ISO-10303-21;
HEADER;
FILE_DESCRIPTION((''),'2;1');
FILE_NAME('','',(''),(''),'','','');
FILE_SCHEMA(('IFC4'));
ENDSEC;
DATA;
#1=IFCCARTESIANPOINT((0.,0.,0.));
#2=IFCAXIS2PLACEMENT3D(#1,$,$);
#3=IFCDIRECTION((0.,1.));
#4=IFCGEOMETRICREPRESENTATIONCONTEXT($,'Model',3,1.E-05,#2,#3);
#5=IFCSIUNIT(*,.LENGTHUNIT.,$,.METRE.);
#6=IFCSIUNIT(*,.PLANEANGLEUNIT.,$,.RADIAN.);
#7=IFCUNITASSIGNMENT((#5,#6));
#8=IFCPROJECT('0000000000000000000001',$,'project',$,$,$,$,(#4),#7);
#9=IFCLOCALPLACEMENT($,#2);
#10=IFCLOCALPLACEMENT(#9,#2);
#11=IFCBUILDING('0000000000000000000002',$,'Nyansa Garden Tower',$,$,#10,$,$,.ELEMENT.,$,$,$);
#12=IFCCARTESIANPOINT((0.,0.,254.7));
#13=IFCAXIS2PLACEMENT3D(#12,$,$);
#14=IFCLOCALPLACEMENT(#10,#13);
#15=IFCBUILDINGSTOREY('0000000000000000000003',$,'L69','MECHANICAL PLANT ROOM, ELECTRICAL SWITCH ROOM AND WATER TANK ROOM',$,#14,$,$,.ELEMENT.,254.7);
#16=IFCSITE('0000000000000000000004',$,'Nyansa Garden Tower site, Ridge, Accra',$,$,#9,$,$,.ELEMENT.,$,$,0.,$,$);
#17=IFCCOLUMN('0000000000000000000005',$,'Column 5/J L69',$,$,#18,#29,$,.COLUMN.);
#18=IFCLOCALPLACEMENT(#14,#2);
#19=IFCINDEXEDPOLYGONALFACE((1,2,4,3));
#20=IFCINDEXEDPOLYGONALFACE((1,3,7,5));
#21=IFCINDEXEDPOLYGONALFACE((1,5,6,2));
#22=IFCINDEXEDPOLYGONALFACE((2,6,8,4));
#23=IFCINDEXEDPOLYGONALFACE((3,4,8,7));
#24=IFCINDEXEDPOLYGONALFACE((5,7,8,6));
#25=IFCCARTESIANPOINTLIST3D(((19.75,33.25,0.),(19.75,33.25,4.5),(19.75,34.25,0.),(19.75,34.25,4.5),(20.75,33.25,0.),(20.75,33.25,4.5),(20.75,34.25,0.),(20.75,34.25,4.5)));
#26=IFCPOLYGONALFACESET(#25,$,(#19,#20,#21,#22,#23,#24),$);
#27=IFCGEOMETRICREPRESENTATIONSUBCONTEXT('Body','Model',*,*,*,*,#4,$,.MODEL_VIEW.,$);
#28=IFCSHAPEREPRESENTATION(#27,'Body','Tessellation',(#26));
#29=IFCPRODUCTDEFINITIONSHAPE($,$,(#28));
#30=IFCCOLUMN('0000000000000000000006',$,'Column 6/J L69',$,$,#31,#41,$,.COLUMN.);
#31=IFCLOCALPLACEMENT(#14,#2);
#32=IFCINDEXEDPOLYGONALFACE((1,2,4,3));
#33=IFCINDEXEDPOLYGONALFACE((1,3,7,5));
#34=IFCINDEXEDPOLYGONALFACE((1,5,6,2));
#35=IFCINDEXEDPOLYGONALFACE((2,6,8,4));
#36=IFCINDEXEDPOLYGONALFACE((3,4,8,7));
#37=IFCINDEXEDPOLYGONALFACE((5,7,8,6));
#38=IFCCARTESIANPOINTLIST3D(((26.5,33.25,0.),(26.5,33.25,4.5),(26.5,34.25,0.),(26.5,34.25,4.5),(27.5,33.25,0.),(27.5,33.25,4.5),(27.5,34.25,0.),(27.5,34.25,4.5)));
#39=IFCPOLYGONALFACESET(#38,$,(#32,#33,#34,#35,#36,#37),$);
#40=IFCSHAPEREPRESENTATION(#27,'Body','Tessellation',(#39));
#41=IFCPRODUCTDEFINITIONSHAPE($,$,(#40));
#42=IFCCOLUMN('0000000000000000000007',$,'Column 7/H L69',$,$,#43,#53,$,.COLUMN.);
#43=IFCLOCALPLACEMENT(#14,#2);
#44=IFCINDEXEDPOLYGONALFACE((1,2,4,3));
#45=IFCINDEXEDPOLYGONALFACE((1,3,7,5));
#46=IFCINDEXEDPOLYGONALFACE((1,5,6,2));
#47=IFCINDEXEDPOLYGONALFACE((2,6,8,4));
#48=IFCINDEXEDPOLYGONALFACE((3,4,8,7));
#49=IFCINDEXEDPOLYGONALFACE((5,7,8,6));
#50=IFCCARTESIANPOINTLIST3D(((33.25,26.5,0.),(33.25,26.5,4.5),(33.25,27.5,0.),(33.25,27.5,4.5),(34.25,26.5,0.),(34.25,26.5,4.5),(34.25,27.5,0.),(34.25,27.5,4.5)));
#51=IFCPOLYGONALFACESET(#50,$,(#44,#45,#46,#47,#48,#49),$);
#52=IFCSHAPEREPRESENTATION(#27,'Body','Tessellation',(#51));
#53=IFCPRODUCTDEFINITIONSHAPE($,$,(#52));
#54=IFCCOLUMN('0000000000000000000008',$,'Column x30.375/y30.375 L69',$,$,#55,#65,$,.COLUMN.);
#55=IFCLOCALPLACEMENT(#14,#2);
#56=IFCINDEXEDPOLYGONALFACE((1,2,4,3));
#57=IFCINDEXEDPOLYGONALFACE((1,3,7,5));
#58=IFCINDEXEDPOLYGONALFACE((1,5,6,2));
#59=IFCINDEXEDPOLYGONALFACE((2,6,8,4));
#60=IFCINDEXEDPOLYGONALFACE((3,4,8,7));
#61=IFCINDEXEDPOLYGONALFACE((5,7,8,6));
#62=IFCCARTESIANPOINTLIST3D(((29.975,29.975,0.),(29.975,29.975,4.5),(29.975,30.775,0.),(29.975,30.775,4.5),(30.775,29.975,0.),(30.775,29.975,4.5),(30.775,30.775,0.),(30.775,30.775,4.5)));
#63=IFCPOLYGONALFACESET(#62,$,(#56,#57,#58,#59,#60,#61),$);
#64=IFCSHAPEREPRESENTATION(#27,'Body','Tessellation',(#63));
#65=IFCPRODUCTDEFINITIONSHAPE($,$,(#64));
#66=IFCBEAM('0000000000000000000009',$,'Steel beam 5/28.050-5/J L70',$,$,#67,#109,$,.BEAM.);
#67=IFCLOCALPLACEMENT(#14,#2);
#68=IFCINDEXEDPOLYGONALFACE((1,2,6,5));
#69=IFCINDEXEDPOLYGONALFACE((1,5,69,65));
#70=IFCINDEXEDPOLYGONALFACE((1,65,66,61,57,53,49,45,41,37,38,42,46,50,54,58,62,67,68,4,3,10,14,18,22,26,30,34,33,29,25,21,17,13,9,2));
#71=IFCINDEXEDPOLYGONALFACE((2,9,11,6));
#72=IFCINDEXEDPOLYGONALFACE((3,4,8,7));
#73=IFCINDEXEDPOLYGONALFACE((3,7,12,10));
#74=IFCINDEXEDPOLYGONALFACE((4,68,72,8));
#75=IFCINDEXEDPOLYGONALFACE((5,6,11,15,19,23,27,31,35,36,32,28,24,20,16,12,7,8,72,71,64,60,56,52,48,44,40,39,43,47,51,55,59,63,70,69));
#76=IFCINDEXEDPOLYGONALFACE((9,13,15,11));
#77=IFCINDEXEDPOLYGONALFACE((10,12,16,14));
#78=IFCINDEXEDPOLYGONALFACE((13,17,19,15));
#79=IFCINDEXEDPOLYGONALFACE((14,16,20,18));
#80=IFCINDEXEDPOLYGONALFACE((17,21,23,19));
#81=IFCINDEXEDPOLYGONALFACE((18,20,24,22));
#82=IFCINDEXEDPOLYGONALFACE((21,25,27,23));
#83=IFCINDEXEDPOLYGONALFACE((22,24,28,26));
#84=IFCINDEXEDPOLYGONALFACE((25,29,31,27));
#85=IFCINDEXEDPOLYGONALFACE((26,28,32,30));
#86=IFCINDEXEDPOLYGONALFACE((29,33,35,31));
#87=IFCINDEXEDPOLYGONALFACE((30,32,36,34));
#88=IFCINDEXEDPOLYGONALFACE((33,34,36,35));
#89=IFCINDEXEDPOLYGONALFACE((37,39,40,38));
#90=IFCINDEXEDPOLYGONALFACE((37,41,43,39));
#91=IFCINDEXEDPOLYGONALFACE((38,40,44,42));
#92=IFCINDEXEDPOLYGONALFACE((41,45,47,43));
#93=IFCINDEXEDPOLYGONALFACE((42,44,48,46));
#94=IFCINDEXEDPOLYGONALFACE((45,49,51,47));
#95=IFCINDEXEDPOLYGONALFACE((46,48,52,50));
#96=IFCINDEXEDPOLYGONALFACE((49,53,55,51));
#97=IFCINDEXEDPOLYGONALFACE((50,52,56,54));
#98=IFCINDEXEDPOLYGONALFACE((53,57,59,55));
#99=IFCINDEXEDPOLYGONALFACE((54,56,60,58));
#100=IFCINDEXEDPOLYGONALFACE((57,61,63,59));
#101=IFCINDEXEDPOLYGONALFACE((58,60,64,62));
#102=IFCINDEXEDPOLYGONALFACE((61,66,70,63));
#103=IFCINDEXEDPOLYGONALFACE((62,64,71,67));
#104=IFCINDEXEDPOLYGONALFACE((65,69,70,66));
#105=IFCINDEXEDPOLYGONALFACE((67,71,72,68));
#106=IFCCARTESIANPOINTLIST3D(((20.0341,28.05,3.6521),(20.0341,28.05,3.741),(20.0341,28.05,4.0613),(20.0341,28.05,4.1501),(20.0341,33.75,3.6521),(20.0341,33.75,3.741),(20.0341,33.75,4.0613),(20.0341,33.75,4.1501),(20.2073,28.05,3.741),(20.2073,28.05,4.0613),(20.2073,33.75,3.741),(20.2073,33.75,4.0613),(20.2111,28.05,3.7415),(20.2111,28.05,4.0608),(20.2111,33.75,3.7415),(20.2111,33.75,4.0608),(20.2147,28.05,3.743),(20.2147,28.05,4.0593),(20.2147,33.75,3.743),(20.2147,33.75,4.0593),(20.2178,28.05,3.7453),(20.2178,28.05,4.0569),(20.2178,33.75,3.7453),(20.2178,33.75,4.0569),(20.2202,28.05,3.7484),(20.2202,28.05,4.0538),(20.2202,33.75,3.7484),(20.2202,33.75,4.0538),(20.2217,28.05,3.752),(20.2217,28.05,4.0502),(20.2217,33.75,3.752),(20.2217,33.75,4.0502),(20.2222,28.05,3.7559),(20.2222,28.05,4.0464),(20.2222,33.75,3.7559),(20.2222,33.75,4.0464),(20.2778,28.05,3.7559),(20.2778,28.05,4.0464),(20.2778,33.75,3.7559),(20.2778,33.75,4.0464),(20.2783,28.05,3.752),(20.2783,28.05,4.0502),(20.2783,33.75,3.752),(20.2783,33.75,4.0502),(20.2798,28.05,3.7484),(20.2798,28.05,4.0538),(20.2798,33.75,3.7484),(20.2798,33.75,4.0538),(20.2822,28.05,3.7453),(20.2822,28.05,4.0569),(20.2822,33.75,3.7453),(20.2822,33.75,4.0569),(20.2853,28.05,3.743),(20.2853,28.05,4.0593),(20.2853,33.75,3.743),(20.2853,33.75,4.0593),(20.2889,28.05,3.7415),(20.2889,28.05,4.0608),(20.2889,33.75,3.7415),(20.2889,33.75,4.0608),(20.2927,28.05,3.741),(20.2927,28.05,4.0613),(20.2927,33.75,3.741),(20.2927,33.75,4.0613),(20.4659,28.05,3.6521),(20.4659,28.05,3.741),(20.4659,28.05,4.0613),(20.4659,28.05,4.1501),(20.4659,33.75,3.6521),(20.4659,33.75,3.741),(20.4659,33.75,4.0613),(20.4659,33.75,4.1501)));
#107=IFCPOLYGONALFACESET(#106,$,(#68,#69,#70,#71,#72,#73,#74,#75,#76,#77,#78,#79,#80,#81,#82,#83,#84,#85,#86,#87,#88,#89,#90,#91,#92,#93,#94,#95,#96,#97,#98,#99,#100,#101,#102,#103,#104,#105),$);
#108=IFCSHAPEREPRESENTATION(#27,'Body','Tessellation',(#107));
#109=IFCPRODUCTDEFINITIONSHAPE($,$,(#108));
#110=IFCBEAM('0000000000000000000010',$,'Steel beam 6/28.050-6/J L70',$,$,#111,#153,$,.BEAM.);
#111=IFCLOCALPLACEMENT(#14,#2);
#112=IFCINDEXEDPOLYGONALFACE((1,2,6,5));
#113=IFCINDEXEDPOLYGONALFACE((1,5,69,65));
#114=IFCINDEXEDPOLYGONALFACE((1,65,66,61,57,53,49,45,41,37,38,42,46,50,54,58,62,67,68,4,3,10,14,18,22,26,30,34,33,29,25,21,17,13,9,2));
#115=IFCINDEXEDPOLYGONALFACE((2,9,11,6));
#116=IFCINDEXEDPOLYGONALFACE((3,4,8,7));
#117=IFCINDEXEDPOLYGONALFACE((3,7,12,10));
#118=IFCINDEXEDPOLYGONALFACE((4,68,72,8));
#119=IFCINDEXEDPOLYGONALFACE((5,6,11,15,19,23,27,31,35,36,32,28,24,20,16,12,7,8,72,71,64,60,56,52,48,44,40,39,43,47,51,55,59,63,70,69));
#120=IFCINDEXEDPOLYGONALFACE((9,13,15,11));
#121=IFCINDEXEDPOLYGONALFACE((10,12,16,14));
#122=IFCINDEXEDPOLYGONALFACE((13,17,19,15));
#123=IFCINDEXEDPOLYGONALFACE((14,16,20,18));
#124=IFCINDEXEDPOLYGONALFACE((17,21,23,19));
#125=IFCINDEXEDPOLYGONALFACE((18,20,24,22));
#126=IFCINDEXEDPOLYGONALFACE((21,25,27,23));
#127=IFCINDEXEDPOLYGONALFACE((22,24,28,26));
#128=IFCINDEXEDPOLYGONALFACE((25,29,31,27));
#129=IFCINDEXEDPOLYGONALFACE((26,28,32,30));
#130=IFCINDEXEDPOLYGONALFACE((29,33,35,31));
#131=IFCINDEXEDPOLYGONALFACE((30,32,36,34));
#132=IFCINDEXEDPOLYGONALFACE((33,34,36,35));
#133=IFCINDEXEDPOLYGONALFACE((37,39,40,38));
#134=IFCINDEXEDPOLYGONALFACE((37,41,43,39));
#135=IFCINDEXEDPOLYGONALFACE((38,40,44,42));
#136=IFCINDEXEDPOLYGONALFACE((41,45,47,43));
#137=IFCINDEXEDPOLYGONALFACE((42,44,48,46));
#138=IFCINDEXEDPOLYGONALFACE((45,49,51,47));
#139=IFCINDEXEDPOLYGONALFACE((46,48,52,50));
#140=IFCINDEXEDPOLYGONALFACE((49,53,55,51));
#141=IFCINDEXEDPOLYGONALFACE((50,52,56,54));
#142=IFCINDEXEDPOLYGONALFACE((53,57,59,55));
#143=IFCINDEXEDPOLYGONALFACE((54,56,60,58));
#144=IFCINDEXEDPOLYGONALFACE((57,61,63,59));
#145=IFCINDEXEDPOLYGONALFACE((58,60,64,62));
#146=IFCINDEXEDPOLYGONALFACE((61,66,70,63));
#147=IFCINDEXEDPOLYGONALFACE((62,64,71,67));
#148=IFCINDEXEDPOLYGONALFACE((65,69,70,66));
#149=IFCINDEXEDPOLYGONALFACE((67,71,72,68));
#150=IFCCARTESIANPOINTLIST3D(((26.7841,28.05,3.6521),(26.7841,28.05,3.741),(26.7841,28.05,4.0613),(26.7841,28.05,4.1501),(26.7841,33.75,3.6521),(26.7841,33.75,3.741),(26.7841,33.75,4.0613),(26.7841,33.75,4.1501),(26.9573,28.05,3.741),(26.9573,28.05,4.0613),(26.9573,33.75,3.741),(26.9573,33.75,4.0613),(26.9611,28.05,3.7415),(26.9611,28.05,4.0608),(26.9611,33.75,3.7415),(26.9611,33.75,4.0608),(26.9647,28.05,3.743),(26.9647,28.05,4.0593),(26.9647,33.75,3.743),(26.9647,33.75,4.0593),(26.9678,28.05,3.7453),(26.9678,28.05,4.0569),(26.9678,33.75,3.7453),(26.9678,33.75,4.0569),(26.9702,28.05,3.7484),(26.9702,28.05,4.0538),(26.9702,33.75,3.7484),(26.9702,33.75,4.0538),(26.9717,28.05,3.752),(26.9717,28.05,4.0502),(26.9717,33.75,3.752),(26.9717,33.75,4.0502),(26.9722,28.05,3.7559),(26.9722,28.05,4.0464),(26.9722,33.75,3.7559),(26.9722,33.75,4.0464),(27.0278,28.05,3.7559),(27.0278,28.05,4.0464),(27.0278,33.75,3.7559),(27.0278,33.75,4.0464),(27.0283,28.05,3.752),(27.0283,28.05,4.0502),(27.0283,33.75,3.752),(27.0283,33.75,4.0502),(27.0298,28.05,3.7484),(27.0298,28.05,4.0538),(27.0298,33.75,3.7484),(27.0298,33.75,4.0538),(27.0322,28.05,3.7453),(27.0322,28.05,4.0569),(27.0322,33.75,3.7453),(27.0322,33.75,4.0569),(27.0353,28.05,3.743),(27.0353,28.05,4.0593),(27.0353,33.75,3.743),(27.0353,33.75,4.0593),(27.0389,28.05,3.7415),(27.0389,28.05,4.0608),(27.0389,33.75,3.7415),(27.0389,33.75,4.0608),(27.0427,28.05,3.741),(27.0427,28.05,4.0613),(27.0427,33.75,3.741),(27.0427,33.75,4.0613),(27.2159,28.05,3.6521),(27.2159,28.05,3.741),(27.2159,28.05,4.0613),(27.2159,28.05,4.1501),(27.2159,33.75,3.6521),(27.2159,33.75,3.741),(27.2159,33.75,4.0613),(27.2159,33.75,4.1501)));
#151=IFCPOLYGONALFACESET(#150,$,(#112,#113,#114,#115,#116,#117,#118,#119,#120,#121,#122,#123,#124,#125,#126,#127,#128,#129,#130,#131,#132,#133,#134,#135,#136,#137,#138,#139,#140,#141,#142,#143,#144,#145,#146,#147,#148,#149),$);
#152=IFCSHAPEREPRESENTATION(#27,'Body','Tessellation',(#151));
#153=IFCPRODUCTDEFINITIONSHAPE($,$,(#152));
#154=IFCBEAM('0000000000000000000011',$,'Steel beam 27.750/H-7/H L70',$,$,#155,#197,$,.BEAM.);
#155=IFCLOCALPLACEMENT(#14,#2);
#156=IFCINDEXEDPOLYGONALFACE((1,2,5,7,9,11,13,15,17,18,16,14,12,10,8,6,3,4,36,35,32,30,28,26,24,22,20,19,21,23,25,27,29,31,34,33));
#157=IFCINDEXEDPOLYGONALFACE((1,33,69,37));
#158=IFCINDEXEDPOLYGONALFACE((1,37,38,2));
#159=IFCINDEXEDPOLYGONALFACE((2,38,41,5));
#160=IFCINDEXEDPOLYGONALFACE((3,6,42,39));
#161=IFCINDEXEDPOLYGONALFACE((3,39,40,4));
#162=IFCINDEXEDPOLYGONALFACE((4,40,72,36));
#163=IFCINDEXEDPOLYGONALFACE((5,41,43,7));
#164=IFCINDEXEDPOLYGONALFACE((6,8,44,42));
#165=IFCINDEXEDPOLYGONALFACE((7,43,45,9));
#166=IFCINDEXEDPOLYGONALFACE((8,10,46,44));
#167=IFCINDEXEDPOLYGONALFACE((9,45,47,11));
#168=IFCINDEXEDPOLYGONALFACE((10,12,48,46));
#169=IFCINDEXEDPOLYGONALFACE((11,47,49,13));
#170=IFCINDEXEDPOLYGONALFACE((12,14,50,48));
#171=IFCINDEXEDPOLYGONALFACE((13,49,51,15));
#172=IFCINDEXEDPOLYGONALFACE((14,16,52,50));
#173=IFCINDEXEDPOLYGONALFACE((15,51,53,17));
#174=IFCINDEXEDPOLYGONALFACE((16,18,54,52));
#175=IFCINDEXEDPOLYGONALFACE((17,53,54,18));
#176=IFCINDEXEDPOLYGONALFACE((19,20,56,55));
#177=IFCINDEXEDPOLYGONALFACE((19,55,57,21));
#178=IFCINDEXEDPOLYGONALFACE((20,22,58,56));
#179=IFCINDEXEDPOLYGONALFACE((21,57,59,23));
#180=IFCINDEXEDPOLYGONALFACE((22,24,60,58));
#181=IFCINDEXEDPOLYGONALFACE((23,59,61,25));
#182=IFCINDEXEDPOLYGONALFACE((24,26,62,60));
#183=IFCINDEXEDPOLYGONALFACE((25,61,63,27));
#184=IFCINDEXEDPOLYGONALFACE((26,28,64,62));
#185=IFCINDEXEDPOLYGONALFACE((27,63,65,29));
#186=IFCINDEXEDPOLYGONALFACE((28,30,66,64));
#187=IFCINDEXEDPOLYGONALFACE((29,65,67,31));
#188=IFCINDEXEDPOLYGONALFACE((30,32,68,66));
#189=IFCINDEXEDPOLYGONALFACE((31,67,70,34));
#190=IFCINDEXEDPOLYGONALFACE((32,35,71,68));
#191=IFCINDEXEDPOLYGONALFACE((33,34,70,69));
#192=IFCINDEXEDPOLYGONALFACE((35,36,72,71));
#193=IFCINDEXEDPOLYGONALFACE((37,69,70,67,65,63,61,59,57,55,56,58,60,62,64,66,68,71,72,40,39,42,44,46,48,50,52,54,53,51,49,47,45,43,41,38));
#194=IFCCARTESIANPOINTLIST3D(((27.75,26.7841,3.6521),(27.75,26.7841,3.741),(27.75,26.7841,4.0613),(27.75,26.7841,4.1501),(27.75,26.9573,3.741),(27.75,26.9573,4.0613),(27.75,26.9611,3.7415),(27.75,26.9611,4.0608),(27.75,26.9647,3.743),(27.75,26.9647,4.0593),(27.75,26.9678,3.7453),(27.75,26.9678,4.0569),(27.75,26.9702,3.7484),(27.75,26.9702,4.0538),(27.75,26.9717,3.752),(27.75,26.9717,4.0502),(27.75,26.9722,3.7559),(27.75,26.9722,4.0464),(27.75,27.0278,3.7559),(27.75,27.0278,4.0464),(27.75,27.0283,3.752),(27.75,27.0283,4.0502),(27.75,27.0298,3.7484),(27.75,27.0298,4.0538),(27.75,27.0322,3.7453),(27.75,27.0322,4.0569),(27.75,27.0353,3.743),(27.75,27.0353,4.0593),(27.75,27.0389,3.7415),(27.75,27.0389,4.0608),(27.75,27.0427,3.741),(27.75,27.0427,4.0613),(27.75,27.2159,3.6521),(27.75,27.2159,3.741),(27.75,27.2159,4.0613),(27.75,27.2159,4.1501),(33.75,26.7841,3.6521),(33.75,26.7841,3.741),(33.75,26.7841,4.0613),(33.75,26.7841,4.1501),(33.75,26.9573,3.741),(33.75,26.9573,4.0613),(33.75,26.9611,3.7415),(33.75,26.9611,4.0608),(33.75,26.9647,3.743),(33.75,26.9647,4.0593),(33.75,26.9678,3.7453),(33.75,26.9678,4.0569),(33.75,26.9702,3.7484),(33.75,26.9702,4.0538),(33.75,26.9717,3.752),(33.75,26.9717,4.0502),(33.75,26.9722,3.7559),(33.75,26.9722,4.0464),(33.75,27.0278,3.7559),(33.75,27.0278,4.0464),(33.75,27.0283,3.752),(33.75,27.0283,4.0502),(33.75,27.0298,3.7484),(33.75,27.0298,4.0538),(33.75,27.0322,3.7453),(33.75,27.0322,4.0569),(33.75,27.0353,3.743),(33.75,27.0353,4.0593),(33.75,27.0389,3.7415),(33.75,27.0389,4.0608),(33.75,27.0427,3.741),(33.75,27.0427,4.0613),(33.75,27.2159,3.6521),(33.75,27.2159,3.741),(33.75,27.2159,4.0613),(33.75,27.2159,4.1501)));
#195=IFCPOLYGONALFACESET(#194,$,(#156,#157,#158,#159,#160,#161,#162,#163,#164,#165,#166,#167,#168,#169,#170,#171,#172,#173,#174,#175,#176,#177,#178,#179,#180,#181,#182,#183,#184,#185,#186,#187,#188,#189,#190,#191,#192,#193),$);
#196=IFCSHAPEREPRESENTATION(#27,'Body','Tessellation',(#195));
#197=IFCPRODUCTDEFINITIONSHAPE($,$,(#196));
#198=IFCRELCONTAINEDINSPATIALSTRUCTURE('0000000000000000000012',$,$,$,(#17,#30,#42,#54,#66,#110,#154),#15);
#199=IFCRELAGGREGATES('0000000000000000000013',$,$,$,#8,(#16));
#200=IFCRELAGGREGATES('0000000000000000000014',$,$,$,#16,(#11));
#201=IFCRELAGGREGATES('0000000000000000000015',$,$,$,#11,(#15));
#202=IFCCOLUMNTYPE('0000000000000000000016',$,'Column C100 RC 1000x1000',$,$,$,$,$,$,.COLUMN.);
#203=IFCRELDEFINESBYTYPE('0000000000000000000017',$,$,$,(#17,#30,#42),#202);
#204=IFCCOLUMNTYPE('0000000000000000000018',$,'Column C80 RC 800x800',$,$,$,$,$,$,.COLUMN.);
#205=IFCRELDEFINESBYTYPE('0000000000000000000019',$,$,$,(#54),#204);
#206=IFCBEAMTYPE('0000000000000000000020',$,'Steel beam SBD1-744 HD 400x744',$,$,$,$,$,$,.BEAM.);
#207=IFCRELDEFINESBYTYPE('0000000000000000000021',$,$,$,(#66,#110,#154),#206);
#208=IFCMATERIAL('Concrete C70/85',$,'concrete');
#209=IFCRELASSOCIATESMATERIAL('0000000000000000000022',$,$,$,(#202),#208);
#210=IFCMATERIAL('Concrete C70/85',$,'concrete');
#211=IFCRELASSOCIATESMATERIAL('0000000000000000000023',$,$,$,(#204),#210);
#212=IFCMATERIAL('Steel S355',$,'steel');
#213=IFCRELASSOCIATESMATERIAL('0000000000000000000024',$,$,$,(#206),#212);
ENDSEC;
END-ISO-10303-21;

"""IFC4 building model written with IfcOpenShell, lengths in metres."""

from ifc_helpers import new_model, si_unit, direction, frame, origin, origin_2d, place, context, subcontext, project, spatial, rectangle, i_section, extrude, material, material_profile, profile_set, type_object, element, save


model = new_model("IFC4")

# Units and contexts
model_context = context("Model", 3, precision=1e-05, world=origin(), true_north=direction((0.0, 1.0)))
body_context = subcontext(model_context, "Body", "Model", "MODEL_VIEW")
ifc_project = project(units=[si_unit("LENGTHUNIT", "METRE"), si_unit("PLANEANGLEUNIT", "RADIAN")], contexts=[model_context])

# Site, building, storey
site_placement = place(None, origin())
site = spatial("IfcSite", under=ifc_project, at=site_placement, Name="Nyansa Garden Tower site, Ridge, Accra", CompositionType="ELEMENT", RefElevation=0.0)
building_placement = place(site_placement, origin())
building = spatial("IfcBuilding", under=site, at=building_placement, Name="Nyansa Garden Tower", CompositionType="ELEMENT")
storey_placement = place(building_placement, frame((0.0, 0.0, 254.7)))
storey = spatial("IfcBuildingStorey", under=building, at=storey_placement, Name="L69", Description="MECHANICAL PLANT ROOM, ELECTRICAL SWITCH ROOM AND WATER TANK ROOM", CompositionType="ELEMENT", Elevation=254.7)

# Columns
ifc_material_1 = material(Name="Concrete C70/85", Category="concrete")
ifc_material_profile_1 = material_profile(ifc_material_1, rectangle(XDim=1.0, YDim=1.0, at=origin_2d()), Name="RC 1000x1000")
ifc_profile_set_1 = profile_set([ifc_material_profile_1], Name="Concrete C70/85")
column_type_1 = type_object("IfcColumnType", Name="Column C100 RC 1000x1000", PredefinedType="COLUMN", material=ifc_profile_set_1)
for number, where, z_axis, x_axis, name in (
    (1, (20.25, 33.75, 0.0), (0.0, 0.0, 1.0), (1.0, 0.0, 0.0), "Column 5/J L69"),
    (2, (27.0, 33.75, 0.0), (0.0, 0.0, 1.0), (1.0, 0.0, 0.0), "Column 6/J L69"),
    (3, (33.75, 27.0, 0.0), (0.0, 0.0, 1.0), (1.0, 0.0, 0.0), "Column 7/H L69"),
):
    element("IfcColumn", number, at=place(storey_placement, frame(where, z_axis=z_axis, x_axis=x_axis)), inside=storey, type_object=column_type_1, Name=name, PredefinedType="COLUMN", context=body_context, shape_type="SweptSolid", body=[
        extrude(rectangle(XDim=1.0, YDim=1.0, at=origin_2d()), origin(), (0.0, 0.0, 1.0), 4.5),
    ])
ifc_material_2 = material(Name="Concrete C70/85", Category="concrete")
ifc_material_profile_2 = material_profile(ifc_material_2, rectangle(XDim=0.8, YDim=0.8, at=origin_2d()), Name="RC 800x800")
ifc_profile_set_2 = profile_set([ifc_material_profile_2], Name="Concrete C70/85")
column_type_2 = type_object("IfcColumnType", Name="Column C80 RC 800x800", PredefinedType="COLUMN", material=ifc_profile_set_2)
column_placement = place(storey_placement, frame((30.375, 30.375, 0.0), z_axis=(0.0, 0.0, 1.0), x_axis=(1.0, 0.0, 0.0)))
element("IfcColumn", 4, at=column_placement, inside=storey, type_object=column_type_2, Name="Column x30.375/y30.375 L69", PredefinedType="COLUMN", context=body_context, shape_type="SweptSolid", body=[
    extrude(rectangle(XDim=0.8, YDim=0.8, at=origin_2d()), origin(), (0.0, 0.0, 1.0), 4.5),
])

# Beams
ifc_material_3 = material(Name="Steel S355", Category="steel")
ifc_material_profile_3 = material_profile(ifc_material_3, i_section(OverallWidth=0.4319, OverallDepth=0.498, WebThickness=0.0557, FlangeThickness=0.0889, FilletRadius=0.0149, at=origin_2d()), Name="HD 400x744")
ifc_profile_set_3 = profile_set([ifc_material_profile_3], Name="Steel S355")
beam_type_1 = type_object("IfcBeamType", Name="Steel beam SBD1-744 HD 400x744", PredefinedType="BEAM", material=ifc_profile_set_3)
for number, where, z_axis, x_axis, name in (
    (5, (20.25, 28.05, 3.9011), (0.0, 1.0, 0.0), (-1.0, 0.0, 0.0), "Steel beam 5/28.050-5/J L70"),
    (6, (27.0, 28.05, 3.9011), (0.0, 1.0, 0.0), (-1.0, 0.0, 0.0), "Steel beam 6/28.050-6/J L70"),
):
    element("IfcBeam", number, at=place(storey_placement, frame(where, z_axis=z_axis, x_axis=x_axis)), inside=storey, type_object=beam_type_1, Name=name, PredefinedType="BEAM", context=body_context, shape_type="SweptSolid", body=[
        extrude(i_section(OverallWidth=0.4319, OverallDepth=0.498, WebThickness=0.0557, FlangeThickness=0.0889, FilletRadius=0.0149, at=origin_2d()), origin(), (0.0, 0.0, 1.0), 5.7),
    ])
beam_1_placement = place(storey_placement, frame((27.75, 27.0, 3.9011), z_axis=(1.0, 0.0, 0.0), x_axis=(0.0, 1.0, 0.0)))
element("IfcBeam", 7, at=beam_1_placement, inside=storey, type_object=beam_type_1, Name="Steel beam 27.750/H-7/H L70", PredefinedType="BEAM", context=body_context, shape_type="SweptSolid", body=[
    extrude(i_section(OverallWidth=0.4319, OverallDepth=0.498, WebThickness=0.0557, FlangeThickness=0.0889, FilletRadius=0.0149, at=origin_2d()), origin(), (0.0, 0.0, 1.0), 6.0),
])

save(model, "model.ifc")
